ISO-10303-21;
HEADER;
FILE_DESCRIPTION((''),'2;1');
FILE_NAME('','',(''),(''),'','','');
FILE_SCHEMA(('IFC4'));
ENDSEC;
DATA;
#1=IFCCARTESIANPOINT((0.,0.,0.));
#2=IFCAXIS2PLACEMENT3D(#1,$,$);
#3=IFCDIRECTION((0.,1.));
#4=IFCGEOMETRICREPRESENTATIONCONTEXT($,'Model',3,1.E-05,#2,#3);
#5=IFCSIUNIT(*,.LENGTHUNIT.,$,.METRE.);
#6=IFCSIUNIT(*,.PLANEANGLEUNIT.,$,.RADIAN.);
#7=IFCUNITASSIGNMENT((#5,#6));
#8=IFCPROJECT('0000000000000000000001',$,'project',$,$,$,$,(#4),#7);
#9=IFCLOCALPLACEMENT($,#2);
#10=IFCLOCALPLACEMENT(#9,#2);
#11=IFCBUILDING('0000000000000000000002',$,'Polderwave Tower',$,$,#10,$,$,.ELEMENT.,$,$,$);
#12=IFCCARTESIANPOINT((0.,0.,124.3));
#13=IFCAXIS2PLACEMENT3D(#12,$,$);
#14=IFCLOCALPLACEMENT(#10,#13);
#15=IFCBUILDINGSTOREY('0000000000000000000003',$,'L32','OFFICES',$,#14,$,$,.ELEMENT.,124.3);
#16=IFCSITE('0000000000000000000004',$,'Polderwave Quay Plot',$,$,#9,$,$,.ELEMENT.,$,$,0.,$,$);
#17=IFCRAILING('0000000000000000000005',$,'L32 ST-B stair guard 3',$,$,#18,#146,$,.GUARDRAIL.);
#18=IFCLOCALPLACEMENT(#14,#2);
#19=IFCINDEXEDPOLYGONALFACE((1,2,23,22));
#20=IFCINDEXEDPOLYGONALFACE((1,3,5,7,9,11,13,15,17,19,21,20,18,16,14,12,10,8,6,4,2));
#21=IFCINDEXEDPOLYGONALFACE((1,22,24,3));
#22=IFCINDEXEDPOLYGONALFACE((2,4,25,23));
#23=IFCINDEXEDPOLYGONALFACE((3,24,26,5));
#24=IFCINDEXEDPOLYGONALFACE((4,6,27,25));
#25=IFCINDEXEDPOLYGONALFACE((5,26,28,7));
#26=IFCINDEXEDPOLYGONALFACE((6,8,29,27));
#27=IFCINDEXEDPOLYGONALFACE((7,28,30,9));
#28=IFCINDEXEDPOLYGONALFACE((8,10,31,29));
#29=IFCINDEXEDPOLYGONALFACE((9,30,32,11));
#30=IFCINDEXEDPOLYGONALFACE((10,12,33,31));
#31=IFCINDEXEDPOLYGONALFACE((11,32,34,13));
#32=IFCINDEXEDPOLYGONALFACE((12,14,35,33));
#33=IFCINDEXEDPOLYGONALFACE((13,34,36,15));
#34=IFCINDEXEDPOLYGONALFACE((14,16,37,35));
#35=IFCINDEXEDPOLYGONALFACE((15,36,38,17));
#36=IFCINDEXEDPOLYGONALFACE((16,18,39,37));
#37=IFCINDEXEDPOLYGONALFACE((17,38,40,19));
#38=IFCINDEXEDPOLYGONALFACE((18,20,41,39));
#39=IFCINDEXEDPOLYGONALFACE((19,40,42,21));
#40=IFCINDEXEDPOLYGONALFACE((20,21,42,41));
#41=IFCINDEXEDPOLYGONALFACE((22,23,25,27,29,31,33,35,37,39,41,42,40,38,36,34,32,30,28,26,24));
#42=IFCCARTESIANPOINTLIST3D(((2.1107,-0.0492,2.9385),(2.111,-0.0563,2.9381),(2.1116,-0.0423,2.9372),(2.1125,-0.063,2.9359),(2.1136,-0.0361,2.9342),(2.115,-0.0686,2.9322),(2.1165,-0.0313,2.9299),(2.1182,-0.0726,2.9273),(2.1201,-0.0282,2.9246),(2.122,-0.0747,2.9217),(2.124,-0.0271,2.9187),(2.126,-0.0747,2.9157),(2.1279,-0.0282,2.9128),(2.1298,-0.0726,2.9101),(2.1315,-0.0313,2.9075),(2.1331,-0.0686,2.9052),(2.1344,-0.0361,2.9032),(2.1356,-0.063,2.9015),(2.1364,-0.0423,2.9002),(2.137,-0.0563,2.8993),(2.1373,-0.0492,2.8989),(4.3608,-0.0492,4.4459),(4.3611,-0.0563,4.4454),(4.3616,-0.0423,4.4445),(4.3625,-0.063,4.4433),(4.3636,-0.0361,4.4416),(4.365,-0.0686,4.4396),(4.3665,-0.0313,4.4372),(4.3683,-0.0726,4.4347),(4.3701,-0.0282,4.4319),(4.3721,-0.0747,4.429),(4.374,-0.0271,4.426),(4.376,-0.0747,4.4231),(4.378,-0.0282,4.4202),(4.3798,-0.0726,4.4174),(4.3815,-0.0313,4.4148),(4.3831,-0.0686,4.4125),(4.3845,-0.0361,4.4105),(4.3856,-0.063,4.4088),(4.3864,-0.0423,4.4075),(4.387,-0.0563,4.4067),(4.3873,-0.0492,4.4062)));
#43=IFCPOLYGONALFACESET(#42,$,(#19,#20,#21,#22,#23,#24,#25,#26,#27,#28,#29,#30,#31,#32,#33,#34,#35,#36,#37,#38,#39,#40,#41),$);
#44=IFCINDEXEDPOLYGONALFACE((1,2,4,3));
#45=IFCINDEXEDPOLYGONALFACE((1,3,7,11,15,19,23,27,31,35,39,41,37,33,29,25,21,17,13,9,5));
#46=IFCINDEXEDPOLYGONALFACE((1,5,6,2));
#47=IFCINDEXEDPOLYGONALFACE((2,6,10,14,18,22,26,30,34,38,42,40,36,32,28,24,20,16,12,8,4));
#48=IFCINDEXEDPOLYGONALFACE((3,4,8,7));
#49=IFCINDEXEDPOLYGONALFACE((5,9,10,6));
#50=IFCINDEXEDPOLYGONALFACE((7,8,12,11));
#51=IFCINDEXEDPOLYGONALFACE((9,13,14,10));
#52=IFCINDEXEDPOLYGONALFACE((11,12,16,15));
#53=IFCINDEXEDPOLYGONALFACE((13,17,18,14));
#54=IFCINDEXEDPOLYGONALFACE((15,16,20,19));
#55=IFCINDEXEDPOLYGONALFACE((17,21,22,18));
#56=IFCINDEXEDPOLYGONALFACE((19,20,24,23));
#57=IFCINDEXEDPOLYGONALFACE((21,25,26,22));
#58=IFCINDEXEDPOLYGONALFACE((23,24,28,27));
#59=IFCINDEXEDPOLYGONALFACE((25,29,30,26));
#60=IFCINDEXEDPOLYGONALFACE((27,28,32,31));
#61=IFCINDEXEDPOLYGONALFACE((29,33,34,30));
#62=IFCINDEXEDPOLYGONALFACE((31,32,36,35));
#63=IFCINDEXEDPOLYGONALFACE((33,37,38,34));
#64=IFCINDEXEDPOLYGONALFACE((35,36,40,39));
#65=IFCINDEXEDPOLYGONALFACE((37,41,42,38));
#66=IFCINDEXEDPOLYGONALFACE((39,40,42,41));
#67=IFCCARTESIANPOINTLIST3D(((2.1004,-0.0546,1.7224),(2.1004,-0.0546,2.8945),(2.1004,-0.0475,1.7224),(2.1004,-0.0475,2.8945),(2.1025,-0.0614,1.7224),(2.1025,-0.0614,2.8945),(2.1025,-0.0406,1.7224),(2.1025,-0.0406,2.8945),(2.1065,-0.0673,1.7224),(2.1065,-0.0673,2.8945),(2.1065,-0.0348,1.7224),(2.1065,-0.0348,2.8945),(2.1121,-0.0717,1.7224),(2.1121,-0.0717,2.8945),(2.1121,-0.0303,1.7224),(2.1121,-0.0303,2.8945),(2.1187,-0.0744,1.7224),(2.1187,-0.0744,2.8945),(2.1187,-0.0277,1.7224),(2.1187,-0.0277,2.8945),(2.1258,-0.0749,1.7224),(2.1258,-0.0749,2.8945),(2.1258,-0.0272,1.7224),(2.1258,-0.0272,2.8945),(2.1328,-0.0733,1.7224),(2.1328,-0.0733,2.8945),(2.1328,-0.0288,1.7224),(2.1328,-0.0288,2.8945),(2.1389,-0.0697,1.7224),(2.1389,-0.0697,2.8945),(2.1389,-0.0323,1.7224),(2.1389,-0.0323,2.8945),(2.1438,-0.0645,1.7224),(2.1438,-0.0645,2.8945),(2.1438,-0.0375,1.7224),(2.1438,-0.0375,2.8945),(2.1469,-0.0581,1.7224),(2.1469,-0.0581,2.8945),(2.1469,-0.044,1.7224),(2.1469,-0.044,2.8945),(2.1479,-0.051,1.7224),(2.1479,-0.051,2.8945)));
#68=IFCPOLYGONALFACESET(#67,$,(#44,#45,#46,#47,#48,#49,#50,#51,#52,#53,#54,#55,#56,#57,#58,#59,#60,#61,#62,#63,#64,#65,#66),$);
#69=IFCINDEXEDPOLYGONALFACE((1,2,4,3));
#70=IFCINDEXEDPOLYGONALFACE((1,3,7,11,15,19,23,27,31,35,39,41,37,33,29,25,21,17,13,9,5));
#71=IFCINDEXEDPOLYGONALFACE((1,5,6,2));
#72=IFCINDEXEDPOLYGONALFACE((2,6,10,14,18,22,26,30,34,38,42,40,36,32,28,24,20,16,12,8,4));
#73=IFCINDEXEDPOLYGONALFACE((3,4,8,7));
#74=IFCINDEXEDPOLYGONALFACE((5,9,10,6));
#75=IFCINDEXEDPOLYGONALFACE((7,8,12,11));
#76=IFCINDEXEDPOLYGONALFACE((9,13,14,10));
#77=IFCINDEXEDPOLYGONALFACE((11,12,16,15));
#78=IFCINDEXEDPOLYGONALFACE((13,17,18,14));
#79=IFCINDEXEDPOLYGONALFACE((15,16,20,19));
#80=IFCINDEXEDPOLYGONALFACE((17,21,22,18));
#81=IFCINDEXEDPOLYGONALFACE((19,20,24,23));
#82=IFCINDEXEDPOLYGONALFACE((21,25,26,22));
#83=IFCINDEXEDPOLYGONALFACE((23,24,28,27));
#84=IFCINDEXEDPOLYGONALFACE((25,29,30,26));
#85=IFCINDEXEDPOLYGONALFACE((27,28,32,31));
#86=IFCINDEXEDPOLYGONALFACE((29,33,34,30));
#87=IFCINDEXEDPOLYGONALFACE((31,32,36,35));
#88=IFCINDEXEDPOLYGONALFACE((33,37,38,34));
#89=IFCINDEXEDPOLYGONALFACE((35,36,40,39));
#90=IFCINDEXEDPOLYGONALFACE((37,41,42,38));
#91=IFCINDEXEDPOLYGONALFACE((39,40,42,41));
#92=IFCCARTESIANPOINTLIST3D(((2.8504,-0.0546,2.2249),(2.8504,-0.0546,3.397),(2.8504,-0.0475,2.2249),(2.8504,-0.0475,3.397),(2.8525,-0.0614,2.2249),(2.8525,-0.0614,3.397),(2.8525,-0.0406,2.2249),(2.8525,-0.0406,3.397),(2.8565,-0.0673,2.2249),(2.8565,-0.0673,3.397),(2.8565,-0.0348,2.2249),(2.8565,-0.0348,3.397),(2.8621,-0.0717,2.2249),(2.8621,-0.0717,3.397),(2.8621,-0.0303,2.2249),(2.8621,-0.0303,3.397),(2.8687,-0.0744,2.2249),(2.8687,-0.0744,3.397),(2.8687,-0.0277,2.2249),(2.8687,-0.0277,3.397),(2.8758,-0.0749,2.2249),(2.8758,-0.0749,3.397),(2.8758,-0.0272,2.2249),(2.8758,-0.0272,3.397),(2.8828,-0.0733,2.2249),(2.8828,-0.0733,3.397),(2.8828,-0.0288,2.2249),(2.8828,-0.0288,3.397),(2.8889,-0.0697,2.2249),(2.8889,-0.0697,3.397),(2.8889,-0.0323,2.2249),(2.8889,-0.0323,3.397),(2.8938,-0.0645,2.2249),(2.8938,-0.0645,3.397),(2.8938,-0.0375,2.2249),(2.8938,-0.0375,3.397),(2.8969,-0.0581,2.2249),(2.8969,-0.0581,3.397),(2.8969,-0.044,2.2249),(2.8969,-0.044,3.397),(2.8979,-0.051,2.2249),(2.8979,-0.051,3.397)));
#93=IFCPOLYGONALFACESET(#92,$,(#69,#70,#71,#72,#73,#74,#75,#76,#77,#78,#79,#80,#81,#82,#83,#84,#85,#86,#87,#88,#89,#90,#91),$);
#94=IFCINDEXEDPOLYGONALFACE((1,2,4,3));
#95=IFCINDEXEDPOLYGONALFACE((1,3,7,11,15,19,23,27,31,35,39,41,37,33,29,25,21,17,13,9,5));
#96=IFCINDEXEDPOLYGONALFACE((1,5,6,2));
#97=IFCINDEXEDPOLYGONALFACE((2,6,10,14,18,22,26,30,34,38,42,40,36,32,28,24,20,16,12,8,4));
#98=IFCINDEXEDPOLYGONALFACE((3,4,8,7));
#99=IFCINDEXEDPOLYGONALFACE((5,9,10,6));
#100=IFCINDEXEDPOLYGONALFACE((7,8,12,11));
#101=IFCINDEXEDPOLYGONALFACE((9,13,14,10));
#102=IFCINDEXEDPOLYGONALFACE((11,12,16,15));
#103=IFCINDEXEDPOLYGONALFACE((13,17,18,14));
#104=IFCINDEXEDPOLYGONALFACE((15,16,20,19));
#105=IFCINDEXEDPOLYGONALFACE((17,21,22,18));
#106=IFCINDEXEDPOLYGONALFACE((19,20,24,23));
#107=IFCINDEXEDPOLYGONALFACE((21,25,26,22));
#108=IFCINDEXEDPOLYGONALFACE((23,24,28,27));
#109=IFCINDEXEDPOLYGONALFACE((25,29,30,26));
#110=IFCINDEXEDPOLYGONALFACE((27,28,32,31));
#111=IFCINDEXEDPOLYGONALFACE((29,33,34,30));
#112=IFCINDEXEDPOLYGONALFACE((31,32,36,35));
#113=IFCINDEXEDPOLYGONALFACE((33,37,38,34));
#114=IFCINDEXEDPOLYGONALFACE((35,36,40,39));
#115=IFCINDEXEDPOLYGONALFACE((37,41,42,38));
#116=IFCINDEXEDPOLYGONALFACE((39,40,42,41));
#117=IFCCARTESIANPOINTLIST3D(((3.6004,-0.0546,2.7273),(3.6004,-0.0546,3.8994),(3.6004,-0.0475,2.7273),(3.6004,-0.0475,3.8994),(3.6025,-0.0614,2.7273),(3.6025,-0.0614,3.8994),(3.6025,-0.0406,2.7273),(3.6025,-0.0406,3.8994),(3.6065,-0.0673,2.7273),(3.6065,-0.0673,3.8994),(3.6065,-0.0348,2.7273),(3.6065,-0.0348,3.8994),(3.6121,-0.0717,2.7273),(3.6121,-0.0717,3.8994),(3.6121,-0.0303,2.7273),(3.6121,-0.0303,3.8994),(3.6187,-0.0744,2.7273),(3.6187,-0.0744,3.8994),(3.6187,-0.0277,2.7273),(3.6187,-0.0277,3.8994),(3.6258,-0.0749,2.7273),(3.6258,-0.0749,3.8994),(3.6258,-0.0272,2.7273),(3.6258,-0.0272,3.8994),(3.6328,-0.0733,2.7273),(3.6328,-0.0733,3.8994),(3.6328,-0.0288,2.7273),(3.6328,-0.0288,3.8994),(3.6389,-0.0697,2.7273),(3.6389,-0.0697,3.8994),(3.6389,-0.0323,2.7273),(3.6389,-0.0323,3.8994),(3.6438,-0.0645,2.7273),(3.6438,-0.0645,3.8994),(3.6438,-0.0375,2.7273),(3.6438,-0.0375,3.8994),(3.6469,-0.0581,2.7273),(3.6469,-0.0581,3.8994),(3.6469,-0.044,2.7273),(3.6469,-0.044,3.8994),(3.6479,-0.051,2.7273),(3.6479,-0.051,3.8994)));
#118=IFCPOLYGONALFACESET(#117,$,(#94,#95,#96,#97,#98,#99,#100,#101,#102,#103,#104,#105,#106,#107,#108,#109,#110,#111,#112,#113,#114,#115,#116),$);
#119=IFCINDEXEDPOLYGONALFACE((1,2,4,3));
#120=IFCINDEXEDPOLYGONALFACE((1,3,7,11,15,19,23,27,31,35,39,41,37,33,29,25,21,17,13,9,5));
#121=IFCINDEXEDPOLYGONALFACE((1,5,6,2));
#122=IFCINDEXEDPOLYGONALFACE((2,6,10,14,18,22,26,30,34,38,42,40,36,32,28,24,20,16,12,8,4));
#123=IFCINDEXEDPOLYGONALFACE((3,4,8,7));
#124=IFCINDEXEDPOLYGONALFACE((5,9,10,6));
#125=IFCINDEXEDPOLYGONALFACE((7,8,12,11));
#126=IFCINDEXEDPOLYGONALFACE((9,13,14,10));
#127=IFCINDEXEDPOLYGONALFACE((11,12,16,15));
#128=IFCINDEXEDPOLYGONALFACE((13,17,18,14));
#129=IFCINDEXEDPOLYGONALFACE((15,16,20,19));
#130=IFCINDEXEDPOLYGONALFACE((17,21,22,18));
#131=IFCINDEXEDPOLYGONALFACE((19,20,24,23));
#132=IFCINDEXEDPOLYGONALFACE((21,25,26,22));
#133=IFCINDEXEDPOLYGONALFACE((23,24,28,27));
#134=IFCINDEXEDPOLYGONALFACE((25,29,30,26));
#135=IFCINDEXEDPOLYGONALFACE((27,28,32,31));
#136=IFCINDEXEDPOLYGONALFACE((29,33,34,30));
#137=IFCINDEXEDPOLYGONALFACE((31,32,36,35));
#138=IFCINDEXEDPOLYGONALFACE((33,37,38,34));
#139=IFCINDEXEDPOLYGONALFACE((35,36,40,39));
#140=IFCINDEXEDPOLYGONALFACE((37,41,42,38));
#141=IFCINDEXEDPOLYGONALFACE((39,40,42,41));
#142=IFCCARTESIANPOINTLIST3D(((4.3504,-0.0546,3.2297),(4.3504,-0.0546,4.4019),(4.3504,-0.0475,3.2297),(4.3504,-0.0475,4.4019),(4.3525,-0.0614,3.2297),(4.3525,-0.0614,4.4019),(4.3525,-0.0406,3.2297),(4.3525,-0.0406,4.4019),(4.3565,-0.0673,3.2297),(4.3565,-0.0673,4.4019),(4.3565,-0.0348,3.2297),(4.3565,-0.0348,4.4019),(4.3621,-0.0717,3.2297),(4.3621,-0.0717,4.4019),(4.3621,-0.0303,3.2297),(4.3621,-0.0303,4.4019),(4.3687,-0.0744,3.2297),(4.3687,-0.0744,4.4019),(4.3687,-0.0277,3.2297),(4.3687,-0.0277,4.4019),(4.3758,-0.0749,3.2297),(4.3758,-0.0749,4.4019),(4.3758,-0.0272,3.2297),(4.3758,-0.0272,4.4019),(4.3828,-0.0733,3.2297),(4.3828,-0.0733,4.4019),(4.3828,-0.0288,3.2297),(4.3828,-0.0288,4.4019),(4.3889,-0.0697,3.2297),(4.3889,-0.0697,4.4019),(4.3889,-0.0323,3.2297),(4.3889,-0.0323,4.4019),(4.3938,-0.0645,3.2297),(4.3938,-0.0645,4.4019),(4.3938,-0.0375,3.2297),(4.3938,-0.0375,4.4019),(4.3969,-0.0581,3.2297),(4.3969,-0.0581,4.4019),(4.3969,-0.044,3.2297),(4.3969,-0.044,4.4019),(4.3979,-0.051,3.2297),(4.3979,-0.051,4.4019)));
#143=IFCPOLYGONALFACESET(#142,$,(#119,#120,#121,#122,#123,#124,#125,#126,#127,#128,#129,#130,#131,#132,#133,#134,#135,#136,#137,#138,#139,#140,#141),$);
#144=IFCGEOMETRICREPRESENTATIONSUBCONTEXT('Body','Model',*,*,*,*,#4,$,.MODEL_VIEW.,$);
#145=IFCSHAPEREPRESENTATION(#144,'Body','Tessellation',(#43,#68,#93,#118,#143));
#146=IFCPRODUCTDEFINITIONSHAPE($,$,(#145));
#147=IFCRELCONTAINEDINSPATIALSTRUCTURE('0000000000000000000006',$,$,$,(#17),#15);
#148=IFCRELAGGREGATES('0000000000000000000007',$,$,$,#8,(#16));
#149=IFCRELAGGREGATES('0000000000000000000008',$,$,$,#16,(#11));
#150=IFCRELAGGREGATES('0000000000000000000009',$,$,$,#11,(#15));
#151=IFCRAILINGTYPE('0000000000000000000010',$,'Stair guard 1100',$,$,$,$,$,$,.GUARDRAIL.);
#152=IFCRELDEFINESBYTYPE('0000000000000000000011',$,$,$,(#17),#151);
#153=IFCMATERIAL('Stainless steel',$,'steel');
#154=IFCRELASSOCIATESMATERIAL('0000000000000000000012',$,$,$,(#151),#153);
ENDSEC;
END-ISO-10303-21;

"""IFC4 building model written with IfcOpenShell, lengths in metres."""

from ifc_helpers import new_model, si_unit, direction, frame, origin, origin_2d, place, context, subcontext, project, spatial, circle, extrude, material, type_object, element, save


model = new_model("IFC4")

# Units and contexts
model_context = context("Model", 3, precision=1e-05, world=origin(), true_north=direction((0.0, 1.0)))
body_context = subcontext(model_context, "Body", "Model", "MODEL_VIEW")
ifc_project = project(units=[si_unit("LENGTHUNIT", "METRE"), si_unit("PLANEANGLEUNIT", "RADIAN")], contexts=[model_context])

# Site, building, storey
site_placement = place(None, origin())
site = spatial("IfcSite", under=ifc_project, at=site_placement, Name="Polderwave Quay Plot", CompositionType="ELEMENT", RefElevation=0.0)
building_placement = place(site_placement, origin())
building = spatial("IfcBuilding", under=site, at=building_placement, Name="Polderwave Tower", CompositionType="ELEMENT")
storey_placement = place(building_placement, frame((0.0, 0.0, 124.3)))
storey = spatial("IfcBuildingStorey", under=building, at=storey_placement, Name="L32", Description="OFFICES", CompositionType="ELEMENT", Elevation=124.3)

# Railing
ifc_material_1 = material(Name="Stainless steel", Category="steel")
railing_type_1 = type_object("IfcRailingType", Name="Stair guard 1100", PredefinedType="GUARDRAIL", material=ifc_material_1)
railing_1_placement = place(storey_placement, frame((2.124, -0.051, 1.7224)))
element("IfcRailing", 1, at=railing_1_placement, inside=storey, type_object=railing_type_1, Name="L32 ST-B stair guard 3", PredefinedType="GUARDRAIL", context=body_context, shape_type="SweptSolid", body=[
    extrude(circle(Radius=0.0239, at=origin_2d()), frame((0.0, 0.0, 1.1963), z_axis=(0.8308, 0.0, 0.556571), x_axis=(0.0, 1.0, 0.0)), (0.0, 0.0, 1.0), 2.7083),
    extrude(circle(Radius=0.0239, at=origin_2d()), origin(), (0.0, 0.0, 1.0), 1.1721),
    extrude(circle(Radius=0.0239, at=origin_2d()), frame((0.75, 0.0, 0.5024)), (0.0, 0.0, 1.0), 1.1721),
    extrude(circle(Radius=0.0239, at=origin_2d()), frame((1.5, 0.0, 1.0049)), (0.0, 0.0, 1.0), 1.1721),
    extrude(circle(Radius=0.0239, at=origin_2d()), frame((2.25, 0.0, 1.5073)), (0.0, 0.0, 1.0), 1.1721),
])

save(model, "model.ifc")
